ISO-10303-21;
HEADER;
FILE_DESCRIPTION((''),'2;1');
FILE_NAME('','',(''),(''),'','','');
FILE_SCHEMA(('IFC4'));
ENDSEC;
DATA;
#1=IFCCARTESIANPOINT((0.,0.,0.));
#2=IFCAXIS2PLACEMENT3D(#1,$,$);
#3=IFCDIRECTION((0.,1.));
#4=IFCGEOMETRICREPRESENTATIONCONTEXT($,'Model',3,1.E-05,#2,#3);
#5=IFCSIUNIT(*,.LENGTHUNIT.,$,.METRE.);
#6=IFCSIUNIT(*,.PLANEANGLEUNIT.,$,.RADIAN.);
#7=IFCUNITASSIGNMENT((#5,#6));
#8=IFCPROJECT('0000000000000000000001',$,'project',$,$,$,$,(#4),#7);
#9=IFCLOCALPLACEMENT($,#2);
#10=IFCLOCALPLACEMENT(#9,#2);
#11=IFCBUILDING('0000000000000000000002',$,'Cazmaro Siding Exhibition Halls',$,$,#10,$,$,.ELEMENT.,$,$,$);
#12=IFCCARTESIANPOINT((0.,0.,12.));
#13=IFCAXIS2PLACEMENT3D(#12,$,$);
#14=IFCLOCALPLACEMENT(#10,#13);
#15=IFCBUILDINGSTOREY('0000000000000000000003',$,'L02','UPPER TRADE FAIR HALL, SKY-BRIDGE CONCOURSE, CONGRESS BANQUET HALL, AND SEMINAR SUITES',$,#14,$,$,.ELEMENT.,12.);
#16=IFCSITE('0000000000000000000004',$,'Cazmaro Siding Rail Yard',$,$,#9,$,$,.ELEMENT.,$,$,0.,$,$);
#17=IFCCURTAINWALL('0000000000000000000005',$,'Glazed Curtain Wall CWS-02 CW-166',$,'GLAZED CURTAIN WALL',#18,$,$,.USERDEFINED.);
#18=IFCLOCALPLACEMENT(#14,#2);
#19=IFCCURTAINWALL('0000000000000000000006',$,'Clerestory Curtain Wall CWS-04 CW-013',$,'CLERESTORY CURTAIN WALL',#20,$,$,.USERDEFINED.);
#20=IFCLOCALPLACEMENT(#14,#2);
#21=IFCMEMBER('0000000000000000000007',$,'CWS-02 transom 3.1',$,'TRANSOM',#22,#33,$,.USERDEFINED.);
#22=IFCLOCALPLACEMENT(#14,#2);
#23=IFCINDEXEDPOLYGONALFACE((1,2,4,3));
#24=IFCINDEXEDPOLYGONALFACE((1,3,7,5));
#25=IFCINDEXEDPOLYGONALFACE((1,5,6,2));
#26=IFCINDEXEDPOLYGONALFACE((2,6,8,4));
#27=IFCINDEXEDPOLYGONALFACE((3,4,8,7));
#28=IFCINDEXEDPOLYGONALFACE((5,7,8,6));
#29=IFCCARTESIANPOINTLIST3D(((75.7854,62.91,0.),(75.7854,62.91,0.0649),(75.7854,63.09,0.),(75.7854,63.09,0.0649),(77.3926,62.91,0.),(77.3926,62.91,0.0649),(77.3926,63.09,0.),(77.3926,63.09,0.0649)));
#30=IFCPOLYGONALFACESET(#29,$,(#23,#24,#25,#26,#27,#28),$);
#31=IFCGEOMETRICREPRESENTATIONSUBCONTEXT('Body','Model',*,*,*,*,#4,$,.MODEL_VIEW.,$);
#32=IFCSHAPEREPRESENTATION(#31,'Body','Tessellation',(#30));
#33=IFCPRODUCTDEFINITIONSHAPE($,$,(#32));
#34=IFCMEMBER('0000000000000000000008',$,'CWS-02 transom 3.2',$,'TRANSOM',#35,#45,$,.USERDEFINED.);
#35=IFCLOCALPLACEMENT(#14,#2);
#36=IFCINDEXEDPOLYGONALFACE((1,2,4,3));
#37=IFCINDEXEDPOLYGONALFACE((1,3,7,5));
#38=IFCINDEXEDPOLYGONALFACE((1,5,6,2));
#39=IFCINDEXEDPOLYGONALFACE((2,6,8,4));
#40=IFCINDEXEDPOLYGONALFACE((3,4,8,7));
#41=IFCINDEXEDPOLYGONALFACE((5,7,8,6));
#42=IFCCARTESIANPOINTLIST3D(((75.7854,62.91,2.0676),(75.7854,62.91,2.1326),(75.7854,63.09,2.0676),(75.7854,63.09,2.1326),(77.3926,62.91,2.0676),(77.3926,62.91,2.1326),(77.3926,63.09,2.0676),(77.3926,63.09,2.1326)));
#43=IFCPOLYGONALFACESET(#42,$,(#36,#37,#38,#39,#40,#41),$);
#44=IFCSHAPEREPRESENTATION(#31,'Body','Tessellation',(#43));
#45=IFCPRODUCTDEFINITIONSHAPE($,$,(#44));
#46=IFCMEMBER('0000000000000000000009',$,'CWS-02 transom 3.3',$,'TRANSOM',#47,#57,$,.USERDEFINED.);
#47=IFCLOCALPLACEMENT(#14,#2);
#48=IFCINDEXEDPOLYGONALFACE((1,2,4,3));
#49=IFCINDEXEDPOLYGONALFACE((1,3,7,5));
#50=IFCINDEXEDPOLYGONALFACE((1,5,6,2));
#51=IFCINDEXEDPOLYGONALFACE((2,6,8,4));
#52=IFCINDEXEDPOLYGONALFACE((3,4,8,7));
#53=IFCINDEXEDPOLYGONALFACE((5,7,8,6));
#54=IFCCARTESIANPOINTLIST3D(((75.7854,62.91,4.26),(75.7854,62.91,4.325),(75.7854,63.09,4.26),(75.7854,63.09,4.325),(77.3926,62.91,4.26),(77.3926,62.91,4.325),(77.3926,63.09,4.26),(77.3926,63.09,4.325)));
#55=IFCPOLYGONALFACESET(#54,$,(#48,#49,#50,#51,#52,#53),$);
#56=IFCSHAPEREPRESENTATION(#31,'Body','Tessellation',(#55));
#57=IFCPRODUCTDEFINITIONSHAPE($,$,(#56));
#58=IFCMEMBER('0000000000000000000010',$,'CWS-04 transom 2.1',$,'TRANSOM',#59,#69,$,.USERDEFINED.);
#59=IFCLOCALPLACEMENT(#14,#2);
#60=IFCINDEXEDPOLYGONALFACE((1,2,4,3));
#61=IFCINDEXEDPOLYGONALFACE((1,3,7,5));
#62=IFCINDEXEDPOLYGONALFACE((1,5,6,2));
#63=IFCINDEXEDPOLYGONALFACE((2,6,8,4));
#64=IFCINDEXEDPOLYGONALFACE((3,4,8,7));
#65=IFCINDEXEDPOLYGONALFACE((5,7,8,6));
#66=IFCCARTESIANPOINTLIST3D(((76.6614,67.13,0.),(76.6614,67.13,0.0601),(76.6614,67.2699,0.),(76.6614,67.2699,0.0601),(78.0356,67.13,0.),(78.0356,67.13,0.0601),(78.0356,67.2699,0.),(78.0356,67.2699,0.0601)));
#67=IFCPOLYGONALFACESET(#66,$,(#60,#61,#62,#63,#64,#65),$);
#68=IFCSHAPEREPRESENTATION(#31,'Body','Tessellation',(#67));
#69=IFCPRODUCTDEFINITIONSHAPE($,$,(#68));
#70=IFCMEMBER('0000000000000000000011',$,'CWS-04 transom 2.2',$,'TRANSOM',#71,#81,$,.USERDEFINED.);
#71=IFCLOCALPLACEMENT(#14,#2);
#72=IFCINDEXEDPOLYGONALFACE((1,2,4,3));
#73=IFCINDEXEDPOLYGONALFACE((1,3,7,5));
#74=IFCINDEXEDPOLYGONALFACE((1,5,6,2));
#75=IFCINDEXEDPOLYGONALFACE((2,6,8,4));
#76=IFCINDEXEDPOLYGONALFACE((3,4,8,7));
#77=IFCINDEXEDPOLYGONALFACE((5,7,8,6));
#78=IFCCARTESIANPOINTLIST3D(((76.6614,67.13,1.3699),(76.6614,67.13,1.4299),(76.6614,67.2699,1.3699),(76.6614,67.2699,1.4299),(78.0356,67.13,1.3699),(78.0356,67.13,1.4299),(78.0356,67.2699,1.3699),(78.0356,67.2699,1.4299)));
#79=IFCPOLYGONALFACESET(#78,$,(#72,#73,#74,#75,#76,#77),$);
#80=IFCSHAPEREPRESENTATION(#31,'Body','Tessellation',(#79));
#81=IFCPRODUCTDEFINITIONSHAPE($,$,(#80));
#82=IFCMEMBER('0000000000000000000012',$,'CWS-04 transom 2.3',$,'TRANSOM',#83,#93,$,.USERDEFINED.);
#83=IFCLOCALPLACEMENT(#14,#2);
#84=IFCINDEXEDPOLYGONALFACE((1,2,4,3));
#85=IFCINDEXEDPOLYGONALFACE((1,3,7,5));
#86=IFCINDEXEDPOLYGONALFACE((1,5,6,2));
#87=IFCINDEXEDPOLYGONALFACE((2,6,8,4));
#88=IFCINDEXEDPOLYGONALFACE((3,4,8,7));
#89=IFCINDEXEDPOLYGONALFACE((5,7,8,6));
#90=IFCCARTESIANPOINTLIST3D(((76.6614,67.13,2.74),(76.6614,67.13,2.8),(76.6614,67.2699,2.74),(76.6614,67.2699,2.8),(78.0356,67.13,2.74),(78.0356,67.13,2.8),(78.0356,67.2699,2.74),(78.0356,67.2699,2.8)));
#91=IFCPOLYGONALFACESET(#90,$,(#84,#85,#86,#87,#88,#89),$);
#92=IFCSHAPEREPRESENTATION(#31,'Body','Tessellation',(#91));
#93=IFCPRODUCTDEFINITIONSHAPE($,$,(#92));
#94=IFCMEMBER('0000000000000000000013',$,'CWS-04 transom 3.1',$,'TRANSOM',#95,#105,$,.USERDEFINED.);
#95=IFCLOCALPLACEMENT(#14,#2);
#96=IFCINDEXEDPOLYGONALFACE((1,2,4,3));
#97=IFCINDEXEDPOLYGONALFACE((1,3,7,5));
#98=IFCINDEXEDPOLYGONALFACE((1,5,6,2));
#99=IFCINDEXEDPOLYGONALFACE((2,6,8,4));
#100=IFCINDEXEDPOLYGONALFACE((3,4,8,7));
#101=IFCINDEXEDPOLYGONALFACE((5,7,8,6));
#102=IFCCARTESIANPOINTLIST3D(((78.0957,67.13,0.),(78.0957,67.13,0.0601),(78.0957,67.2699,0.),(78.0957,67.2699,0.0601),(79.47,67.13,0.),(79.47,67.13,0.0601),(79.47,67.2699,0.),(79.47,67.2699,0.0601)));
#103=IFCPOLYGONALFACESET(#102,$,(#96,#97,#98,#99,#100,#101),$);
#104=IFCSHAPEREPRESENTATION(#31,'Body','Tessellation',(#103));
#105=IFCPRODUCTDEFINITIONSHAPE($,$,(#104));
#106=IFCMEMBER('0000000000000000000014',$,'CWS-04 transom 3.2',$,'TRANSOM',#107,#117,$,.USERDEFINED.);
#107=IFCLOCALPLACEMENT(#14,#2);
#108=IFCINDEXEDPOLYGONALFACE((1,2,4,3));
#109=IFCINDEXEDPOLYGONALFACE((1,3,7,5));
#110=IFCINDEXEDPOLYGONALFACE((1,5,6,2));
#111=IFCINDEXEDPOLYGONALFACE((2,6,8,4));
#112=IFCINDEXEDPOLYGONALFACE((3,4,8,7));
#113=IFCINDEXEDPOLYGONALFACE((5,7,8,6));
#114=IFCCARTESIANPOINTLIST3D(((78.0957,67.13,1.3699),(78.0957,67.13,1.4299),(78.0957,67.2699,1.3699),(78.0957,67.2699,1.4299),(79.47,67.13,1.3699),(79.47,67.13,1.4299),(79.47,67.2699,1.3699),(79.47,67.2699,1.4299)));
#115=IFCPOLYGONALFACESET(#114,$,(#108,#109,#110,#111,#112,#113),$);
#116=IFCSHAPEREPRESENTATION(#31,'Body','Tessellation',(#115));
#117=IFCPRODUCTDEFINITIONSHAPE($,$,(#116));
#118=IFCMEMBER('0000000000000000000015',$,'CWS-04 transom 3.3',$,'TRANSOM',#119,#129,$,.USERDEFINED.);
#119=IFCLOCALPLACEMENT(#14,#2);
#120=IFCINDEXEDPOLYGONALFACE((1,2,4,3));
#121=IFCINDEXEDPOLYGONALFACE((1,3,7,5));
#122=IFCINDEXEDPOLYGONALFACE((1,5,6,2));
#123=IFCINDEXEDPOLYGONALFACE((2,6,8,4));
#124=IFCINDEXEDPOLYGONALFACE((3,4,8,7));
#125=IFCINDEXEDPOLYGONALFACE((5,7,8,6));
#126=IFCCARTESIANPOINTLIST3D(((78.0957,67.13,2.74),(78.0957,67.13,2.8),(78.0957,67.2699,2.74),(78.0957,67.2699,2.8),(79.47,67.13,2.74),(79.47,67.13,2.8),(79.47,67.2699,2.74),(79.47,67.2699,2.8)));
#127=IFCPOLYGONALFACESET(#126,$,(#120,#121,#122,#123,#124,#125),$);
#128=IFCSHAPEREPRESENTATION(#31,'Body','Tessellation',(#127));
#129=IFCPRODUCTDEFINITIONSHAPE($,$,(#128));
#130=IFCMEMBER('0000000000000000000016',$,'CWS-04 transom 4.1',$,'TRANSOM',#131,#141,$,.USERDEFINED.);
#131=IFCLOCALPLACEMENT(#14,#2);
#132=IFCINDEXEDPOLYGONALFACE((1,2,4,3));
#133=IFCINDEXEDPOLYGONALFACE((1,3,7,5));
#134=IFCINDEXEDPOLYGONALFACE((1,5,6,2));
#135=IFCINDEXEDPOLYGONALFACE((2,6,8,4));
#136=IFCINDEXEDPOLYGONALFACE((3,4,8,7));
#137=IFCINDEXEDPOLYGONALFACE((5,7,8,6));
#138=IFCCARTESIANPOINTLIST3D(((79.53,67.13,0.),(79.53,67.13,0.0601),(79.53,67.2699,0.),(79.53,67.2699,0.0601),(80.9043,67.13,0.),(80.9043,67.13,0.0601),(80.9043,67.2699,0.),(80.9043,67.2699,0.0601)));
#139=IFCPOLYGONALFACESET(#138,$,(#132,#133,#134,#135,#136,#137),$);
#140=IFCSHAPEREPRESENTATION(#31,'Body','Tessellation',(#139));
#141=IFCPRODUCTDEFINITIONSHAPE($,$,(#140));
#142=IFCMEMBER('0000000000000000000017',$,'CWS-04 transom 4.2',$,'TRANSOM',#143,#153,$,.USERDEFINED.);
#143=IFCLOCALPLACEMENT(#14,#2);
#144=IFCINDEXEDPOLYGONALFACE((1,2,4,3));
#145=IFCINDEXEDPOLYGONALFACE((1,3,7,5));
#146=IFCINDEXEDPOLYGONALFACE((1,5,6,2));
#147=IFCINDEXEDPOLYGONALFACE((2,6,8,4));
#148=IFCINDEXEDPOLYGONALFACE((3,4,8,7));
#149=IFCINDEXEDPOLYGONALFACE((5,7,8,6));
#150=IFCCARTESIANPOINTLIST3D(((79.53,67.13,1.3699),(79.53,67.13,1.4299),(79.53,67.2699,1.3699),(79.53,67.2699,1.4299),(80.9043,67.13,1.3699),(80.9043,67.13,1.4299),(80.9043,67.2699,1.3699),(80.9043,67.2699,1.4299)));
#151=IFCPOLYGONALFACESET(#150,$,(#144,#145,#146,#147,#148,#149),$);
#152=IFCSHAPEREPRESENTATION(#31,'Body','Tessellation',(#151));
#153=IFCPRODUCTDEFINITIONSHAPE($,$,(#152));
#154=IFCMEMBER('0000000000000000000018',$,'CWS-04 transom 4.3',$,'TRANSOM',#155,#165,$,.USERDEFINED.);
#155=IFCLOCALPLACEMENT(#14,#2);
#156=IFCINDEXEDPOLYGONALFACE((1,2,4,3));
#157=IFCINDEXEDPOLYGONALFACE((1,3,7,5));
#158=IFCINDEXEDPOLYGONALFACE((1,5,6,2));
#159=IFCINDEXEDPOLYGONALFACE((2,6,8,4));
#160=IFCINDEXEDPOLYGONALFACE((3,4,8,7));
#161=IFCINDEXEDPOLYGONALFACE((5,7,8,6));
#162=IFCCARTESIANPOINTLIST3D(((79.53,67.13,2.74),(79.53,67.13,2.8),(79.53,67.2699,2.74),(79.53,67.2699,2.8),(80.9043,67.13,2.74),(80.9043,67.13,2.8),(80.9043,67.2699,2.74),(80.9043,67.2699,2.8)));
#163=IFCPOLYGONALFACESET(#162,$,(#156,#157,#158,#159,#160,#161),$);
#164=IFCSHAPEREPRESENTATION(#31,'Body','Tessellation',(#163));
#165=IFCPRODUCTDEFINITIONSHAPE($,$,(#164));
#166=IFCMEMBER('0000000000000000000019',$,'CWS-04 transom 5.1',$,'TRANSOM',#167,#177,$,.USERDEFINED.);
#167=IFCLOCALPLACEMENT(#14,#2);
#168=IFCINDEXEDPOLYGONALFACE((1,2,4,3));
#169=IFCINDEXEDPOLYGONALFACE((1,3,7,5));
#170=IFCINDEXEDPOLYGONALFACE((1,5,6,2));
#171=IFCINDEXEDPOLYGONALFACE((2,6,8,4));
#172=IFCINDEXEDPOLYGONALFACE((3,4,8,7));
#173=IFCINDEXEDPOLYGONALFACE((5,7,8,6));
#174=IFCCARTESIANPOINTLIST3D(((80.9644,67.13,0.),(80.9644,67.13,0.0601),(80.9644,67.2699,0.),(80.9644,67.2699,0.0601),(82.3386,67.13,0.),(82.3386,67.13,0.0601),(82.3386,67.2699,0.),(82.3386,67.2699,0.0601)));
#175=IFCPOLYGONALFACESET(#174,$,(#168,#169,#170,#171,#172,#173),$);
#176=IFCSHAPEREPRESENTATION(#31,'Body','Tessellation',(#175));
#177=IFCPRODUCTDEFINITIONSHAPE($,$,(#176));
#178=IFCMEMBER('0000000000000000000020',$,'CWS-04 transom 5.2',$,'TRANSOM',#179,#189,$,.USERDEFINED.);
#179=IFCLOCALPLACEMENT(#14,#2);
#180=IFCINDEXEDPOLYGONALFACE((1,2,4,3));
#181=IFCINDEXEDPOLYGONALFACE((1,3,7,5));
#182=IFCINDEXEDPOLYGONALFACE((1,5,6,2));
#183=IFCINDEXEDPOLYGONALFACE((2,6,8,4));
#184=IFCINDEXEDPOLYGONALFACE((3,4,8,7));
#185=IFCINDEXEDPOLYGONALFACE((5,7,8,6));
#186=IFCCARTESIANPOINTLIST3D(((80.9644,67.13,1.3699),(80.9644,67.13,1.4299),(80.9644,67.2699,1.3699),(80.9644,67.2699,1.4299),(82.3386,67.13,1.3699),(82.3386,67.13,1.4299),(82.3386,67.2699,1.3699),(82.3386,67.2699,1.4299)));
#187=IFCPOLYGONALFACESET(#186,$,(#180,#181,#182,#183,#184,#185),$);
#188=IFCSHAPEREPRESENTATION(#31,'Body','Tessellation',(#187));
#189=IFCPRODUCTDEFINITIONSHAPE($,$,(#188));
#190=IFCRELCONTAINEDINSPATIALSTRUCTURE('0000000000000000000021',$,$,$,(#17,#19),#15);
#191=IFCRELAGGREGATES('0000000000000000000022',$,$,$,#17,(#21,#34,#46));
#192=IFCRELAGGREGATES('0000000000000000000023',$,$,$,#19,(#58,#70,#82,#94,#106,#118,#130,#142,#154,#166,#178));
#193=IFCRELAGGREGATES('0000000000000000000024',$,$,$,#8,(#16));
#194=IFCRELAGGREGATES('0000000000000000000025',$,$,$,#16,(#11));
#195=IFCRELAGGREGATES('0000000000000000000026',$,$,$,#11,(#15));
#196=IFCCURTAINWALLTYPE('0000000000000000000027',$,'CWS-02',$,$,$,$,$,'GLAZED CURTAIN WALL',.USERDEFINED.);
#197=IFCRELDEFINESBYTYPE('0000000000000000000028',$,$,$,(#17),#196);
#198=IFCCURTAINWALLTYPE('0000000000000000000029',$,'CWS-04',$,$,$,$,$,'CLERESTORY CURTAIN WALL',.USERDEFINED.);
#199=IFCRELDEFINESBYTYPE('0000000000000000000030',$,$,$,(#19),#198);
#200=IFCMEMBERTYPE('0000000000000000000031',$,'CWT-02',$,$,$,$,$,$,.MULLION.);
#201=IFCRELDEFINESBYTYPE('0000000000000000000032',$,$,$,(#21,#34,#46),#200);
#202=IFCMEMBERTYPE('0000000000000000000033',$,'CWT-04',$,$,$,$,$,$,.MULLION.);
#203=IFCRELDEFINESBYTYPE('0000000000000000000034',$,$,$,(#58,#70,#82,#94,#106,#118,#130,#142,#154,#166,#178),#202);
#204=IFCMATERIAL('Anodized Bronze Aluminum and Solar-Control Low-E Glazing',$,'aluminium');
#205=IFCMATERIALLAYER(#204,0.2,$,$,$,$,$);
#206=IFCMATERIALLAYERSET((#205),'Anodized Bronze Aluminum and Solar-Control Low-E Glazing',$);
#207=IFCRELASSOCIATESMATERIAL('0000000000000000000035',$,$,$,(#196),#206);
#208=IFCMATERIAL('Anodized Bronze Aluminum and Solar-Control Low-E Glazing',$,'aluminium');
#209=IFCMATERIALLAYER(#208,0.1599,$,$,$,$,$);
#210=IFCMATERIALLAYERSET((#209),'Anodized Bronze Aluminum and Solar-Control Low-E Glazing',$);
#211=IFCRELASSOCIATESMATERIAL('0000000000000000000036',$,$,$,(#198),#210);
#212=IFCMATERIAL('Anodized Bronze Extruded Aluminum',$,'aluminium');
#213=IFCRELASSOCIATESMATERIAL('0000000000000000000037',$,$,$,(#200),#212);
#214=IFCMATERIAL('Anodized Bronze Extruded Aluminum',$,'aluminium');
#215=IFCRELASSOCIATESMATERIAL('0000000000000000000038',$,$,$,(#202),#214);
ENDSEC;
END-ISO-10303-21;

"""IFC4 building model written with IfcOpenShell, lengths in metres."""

from ifc_helpers import new_model, si_unit, direction, frame, origin, origin_2d, place, context, subcontext, project, spatial, rectangle, extrude, material, layer, layer_set, material_profile, profile_set, type_object, element, aggregate, save


model = new_model("IFC4")

# Units and contexts
model_context = context("Model", 3, precision=1e-05, world=origin(), true_north=direction((0.0, 1.0)))
body_context = subcontext(model_context, "Body", "Model", "MODEL_VIEW")
ifc_project = project(units=[si_unit("LENGTHUNIT", "METRE"), si_unit("PLANEANGLEUNIT", "RADIAN")], contexts=[model_context])

# Site, building, storey
site_placement = place(None, origin())
site = spatial("IfcSite", under=ifc_project, at=site_placement, Name="Cazmaro Siding Rail Yard", CompositionType="ELEMENT", RefElevation=0.0)
building_placement = place(site_placement, origin())
building = spatial("IfcBuilding", under=site, at=building_placement, Name="Cazmaro Siding Exhibition Halls", CompositionType="ELEMENT")
storey_placement = place(building_placement, frame((0.0, 0.0, 12.0)))
storey = spatial("IfcBuildingStorey", under=building, at=storey_placement, Name="L02", Description="UPPER TRADE FAIR HALL, SKY-BRIDGE CONCOURSE, CONGRESS BANQUET HALL, AND SEMINAR SUITES", CompositionType="ELEMENT", Elevation=12.0)

# Curtain walls
ifc_material_1 = material(Name="Anodized Bronze Aluminum and Solar-Control Low-E Glazing", Category="aluminium")
ifc_layer_1 = layer(ifc_material_1, 0.2)
ifc_layer_set_1 = layer_set([ifc_layer_1], Name="Anodized Bronze Aluminum and Solar-Control Low-E Glazing")
curtain_wall_type_1 = type_object("IfcCurtainWallType", Name="CWS-02", ElementType="GLAZED CURTAIN WALL", PredefinedType="USERDEFINED", material=ifc_layer_set_1)
curtain_wall_1_placement = place(storey_placement, origin())
curtain_wall_1 = element("IfcCurtainWall", 1, at=curtain_wall_1_placement, inside=storey, type_object=curtain_wall_type_1, Name="Glazed Curtain Wall CWS-02 CW-166", ObjectType="GLAZED CURTAIN WALL", PredefinedType="USERDEFINED")
ifc_material_2 = material(Name="Anodized Bronze Aluminum and Solar-Control Low-E Glazing", Category="aluminium")
ifc_layer_2 = layer(ifc_material_2, 0.1599)
ifc_layer_set_2 = layer_set([ifc_layer_2], Name="Anodized Bronze Aluminum and Solar-Control Low-E Glazing")
curtain_wall_type_2 = type_object("IfcCurtainWallType", Name="CWS-04", ElementType="CLERESTORY CURTAIN WALL", PredefinedType="USERDEFINED", material=ifc_layer_set_2)
curtain_wall_2_placement = place(storey_placement, origin())
curtain_wall_2 = element("IfcCurtainWall", 2, at=curtain_wall_2_placement, inside=storey, type_object=curtain_wall_type_2, Name="Clerestory Curtain Wall CWS-04 CW-013", ObjectType="CLERESTORY CURTAIN WALL", PredefinedType="USERDEFINED")

# Members
ifc_material_3 = material(Name="Anodized Bronze Extruded Aluminum", Category="aluminium")
ifc_material_profile_1 = material_profile(ifc_material_3, rectangle(XDim=0.1799, YDim=0.0649, at=origin_2d()), Name="CWT-02")
ifc_profile_set_1 = profile_set([ifc_material_profile_1], Name="Anodized Bronze Extruded Aluminum")
member_type_1 = type_object("IfcMemberType", Name="CWT-02", PredefinedType="MULLION", material=ifc_profile_set_1)
member_1_placement = place(storey_placement, frame((77.3926, 63.0, 0.0325), z_axis=(-1.0, 0.0, 0.0), x_axis=(0.0, -1.0, 0.0)))
member_1 = element("IfcMember", 3, at=member_1_placement, type_object=member_type_1, Name="CWS-02 transom 3.1", ObjectType="TRANSOM", PredefinedType="USERDEFINED", context=body_context, shape_type="SweptSolid", body=[
    extrude(rectangle(XDim=0.1799, YDim=0.0649, at=origin_2d()), origin(), (0.0, 0.0, 1.0), 1.6072),
])
member_2_placement = place(storey_placement, frame((77.3926, 63.0, 2.1001), z_axis=(-1.0, 0.0, 0.0), x_axis=(0.0, -1.0, 0.0)))
member_2 = element("IfcMember", 4, at=member_2_placement, type_object=member_type_1, Name="CWS-02 transom 3.2", ObjectType="TRANSOM", PredefinedType="USERDEFINED", context=body_context, shape_type="SweptSolid", body=[
    extrude(rectangle(XDim=0.1799, YDim=0.0649, at=origin_2d()), origin(), (0.0, 0.0, 1.0), 1.6072),
])
member_3_placement = place(storey_placement, frame((77.3926, 63.0, 4.2925), z_axis=(-1.0, 0.0, 0.0), x_axis=(0.0, -1.0, 0.0)))
member_3 = element("IfcMember", 5, at=member_3_placement, type_object=member_type_1, Name="CWS-02 transom 3.3", ObjectType="TRANSOM", PredefinedType="USERDEFINED", context=body_context, shape_type="SweptSolid", body=[
    extrude(rectangle(XDim=0.1799, YDim=0.0649, at=origin_2d()), origin(), (0.0, 0.0, 1.0), 1.6072),
])
ifc_material_4 = material(Name="Anodized Bronze Extruded Aluminum", Category="aluminium")
ifc_material_profile_2 = material_profile(ifc_material_4, rectangle(XDim=0.1399, YDim=0.0601, at=origin_2d()), Name="CWT-04")
ifc_profile_set_2 = profile_set([ifc_material_profile_2], Name="Anodized Bronze Extruded Aluminum")
member_type_2 = type_object("IfcMemberType", Name="CWT-04", PredefinedType="MULLION", material=ifc_profile_set_2)
member_4_placement = place(storey_placement, frame((76.6614, 67.2, 0.03), z_axis=(1.0, 0.0, 0.0), x_axis=(0.0, 1.0, 0.0)))
member_4 = element("IfcMember", 6, at=member_4_placement, type_object=member_type_2, Name="CWS-04 transom 2.1", ObjectType="TRANSOM", PredefinedType="USERDEFINED", context=body_context, shape_type="SweptSolid", body=[
    extrude(rectangle(XDim=0.1399, YDim=0.0601, at=origin_2d()), origin(), (0.0, 0.0, 1.0), 1.3743),
])
member_5_placement = place(storey_placement, frame((76.6614, 67.2, 1.3999), z_axis=(1.0, 0.0, 0.0), x_axis=(0.0, 1.0, 0.0)))
member_5 = element("IfcMember", 7, at=member_5_placement, type_object=member_type_2, Name="CWS-04 transom 2.2", ObjectType="TRANSOM", PredefinedType="USERDEFINED", context=body_context, shape_type="SweptSolid", body=[
    extrude(rectangle(XDim=0.1399, YDim=0.0601, at=origin_2d()), origin(), (0.0, 0.0, 1.0), 1.3743),
])
member_6_placement = place(storey_placement, frame((76.6614, 67.2, 2.77), z_axis=(1.0, 0.0, 0.0), x_axis=(0.0, 1.0, 0.0)))
member_6 = element("IfcMember", 8, at=member_6_placement, type_object=member_type_2, Name="CWS-04 transom 2.3", ObjectType="TRANSOM", PredefinedType="USERDEFINED", context=body_context, shape_type="SweptSolid", body=[
    extrude(rectangle(XDim=0.1399, YDim=0.0601, at=origin_2d()), origin(), (0.0, 0.0, 1.0), 1.3743),
])
member_7_placement = place(storey_placement, frame((78.0957, 67.2, 0.03), z_axis=(1.0, 0.0, 0.0), x_axis=(0.0, 1.0, 0.0)))
member_7 = element("IfcMember", 9, at=member_7_placement, type_object=member_type_2, Name="CWS-04 transom 3.1", ObjectType="TRANSOM", PredefinedType="USERDEFINED", context=body_context, shape_type="SweptSolid", body=[
    extrude(rectangle(XDim=0.1399, YDim=0.0601, at=origin_2d()), origin(), (0.0, 0.0, 1.0), 1.3743),
])
member_8_placement = place(storey_placement, frame((78.0957, 67.2, 1.3999), z_axis=(1.0, 0.0, 0.0), x_axis=(0.0, 1.0, 0.0)))
member_8 = element("IfcMember", 10, at=member_8_placement, type_object=member_type_2, Name="CWS-04 transom 3.2", ObjectType="TRANSOM", PredefinedType="USERDEFINED", context=body_context, shape_type="SweptSolid", body=[
    extrude(rectangle(XDim=0.1399, YDim=0.0601, at=origin_2d()), origin(), (0.0, 0.0, 1.0), 1.3743),
])
member_9_placement = place(storey_placement, frame((78.0957, 67.2, 2.77), z_axis=(1.0, 0.0, 0.0), x_axis=(0.0, 1.0, 0.0)))
member_9 = element("IfcMember", 11, at=member_9_placement, type_object=member_type_2, Name="CWS-04 transom 3.3", ObjectType="TRANSOM", PredefinedType="USERDEFINED", context=body_context, shape_type="SweptSolid", body=[
    extrude(rectangle(XDim=0.1399, YDim=0.0601, at=origin_2d()), origin(), (0.0, 0.0, 1.0), 1.3743),
])
member_10_placement = place(storey_placement, frame((79.53, 67.2, 0.03), z_axis=(1.0, 0.0, 0.0), x_axis=(0.0, 1.0, 0.0)))
member_10 = element("IfcMember", 12, at=member_10_placement, type_object=member_type_2, Name="CWS-04 transom 4.1", ObjectType="TRANSOM", PredefinedType="USERDEFINED", context=body_context, shape_type="SweptSolid", body=[
    extrude(rectangle(XDim=0.1399, YDim=0.0601, at=origin_2d()), origin(), (0.0, 0.0, 1.0), 1.3743),
])
member_11_placement = place(storey_placement, frame((79.53, 67.2, 1.3999), z_axis=(1.0, 0.0, 0.0), x_axis=(0.0, 1.0, 0.0)))
member_11 = element("IfcMember", 13, at=member_11_placement, type_object=member_type_2, Name="CWS-04 transom 4.2", ObjectType="TRANSOM", PredefinedType="USERDEFINED", context=body_context, shape_type="SweptSolid", body=[
    extrude(rectangle(XDim=0.1399, YDim=0.0601, at=origin_2d()), origin(), (0.0, 0.0, 1.0), 1.3743),
])
member_12_placement = place(storey_placement, frame((79.53, 67.2, 2.77), z_axis=(1.0, 0.0, 0.0), x_axis=(0.0, 1.0, 0.0)))
member_12 = element("IfcMember", 14, at=member_12_placement, type_object=member_type_2, Name="CWS-04 transom 4.3", ObjectType="TRANSOM", PredefinedType="USERDEFINED", context=body_context, shape_type="SweptSolid", body=[
    extrude(rectangle(XDim=0.1399, YDim=0.0601, at=origin_2d()), origin(), (0.0, 0.0, 1.0), 1.3743),
])
member_13_placement = place(storey_placement, frame((80.9644, 67.2, 0.03), z_axis=(1.0, 0.0, 0.0), x_axis=(0.0, 1.0, 0.0)))
member_13 = element("IfcMember", 15, at=member_13_placement, type_object=member_type_2, Name="CWS-04 transom 5.1", ObjectType="TRANSOM", PredefinedType="USERDEFINED", context=body_context, shape_type="SweptSolid", body=[
    extrude(rectangle(XDim=0.1399, YDim=0.0601, at=origin_2d()), origin(), (0.0, 0.0, 1.0), 1.3743),
])
member_14_placement = place(storey_placement, frame((80.9644, 67.2, 1.3999), z_axis=(1.0, 0.0, 0.0), x_axis=(0.0, 1.0, 0.0)))
member_14 = element("IfcMember", 16, at=member_14_placement, type_object=member_type_2, Name="CWS-04 transom 5.2", ObjectType="TRANSOM", PredefinedType="USERDEFINED", context=body_context, shape_type="SweptSolid", body=[
    extrude(rectangle(XDim=0.1399, YDim=0.0601, at=origin_2d()), origin(), (0.0, 0.0, 1.0), 1.3743),
])

aggregate(curtain_wall_1, [member_1, member_2, member_3])
aggregate(curtain_wall_2, [member_4, member_5, member_6, member_7, member_8, member_9, member_10, member_11, member_12, member_13, member_14])

save(model, "model.ifc")
